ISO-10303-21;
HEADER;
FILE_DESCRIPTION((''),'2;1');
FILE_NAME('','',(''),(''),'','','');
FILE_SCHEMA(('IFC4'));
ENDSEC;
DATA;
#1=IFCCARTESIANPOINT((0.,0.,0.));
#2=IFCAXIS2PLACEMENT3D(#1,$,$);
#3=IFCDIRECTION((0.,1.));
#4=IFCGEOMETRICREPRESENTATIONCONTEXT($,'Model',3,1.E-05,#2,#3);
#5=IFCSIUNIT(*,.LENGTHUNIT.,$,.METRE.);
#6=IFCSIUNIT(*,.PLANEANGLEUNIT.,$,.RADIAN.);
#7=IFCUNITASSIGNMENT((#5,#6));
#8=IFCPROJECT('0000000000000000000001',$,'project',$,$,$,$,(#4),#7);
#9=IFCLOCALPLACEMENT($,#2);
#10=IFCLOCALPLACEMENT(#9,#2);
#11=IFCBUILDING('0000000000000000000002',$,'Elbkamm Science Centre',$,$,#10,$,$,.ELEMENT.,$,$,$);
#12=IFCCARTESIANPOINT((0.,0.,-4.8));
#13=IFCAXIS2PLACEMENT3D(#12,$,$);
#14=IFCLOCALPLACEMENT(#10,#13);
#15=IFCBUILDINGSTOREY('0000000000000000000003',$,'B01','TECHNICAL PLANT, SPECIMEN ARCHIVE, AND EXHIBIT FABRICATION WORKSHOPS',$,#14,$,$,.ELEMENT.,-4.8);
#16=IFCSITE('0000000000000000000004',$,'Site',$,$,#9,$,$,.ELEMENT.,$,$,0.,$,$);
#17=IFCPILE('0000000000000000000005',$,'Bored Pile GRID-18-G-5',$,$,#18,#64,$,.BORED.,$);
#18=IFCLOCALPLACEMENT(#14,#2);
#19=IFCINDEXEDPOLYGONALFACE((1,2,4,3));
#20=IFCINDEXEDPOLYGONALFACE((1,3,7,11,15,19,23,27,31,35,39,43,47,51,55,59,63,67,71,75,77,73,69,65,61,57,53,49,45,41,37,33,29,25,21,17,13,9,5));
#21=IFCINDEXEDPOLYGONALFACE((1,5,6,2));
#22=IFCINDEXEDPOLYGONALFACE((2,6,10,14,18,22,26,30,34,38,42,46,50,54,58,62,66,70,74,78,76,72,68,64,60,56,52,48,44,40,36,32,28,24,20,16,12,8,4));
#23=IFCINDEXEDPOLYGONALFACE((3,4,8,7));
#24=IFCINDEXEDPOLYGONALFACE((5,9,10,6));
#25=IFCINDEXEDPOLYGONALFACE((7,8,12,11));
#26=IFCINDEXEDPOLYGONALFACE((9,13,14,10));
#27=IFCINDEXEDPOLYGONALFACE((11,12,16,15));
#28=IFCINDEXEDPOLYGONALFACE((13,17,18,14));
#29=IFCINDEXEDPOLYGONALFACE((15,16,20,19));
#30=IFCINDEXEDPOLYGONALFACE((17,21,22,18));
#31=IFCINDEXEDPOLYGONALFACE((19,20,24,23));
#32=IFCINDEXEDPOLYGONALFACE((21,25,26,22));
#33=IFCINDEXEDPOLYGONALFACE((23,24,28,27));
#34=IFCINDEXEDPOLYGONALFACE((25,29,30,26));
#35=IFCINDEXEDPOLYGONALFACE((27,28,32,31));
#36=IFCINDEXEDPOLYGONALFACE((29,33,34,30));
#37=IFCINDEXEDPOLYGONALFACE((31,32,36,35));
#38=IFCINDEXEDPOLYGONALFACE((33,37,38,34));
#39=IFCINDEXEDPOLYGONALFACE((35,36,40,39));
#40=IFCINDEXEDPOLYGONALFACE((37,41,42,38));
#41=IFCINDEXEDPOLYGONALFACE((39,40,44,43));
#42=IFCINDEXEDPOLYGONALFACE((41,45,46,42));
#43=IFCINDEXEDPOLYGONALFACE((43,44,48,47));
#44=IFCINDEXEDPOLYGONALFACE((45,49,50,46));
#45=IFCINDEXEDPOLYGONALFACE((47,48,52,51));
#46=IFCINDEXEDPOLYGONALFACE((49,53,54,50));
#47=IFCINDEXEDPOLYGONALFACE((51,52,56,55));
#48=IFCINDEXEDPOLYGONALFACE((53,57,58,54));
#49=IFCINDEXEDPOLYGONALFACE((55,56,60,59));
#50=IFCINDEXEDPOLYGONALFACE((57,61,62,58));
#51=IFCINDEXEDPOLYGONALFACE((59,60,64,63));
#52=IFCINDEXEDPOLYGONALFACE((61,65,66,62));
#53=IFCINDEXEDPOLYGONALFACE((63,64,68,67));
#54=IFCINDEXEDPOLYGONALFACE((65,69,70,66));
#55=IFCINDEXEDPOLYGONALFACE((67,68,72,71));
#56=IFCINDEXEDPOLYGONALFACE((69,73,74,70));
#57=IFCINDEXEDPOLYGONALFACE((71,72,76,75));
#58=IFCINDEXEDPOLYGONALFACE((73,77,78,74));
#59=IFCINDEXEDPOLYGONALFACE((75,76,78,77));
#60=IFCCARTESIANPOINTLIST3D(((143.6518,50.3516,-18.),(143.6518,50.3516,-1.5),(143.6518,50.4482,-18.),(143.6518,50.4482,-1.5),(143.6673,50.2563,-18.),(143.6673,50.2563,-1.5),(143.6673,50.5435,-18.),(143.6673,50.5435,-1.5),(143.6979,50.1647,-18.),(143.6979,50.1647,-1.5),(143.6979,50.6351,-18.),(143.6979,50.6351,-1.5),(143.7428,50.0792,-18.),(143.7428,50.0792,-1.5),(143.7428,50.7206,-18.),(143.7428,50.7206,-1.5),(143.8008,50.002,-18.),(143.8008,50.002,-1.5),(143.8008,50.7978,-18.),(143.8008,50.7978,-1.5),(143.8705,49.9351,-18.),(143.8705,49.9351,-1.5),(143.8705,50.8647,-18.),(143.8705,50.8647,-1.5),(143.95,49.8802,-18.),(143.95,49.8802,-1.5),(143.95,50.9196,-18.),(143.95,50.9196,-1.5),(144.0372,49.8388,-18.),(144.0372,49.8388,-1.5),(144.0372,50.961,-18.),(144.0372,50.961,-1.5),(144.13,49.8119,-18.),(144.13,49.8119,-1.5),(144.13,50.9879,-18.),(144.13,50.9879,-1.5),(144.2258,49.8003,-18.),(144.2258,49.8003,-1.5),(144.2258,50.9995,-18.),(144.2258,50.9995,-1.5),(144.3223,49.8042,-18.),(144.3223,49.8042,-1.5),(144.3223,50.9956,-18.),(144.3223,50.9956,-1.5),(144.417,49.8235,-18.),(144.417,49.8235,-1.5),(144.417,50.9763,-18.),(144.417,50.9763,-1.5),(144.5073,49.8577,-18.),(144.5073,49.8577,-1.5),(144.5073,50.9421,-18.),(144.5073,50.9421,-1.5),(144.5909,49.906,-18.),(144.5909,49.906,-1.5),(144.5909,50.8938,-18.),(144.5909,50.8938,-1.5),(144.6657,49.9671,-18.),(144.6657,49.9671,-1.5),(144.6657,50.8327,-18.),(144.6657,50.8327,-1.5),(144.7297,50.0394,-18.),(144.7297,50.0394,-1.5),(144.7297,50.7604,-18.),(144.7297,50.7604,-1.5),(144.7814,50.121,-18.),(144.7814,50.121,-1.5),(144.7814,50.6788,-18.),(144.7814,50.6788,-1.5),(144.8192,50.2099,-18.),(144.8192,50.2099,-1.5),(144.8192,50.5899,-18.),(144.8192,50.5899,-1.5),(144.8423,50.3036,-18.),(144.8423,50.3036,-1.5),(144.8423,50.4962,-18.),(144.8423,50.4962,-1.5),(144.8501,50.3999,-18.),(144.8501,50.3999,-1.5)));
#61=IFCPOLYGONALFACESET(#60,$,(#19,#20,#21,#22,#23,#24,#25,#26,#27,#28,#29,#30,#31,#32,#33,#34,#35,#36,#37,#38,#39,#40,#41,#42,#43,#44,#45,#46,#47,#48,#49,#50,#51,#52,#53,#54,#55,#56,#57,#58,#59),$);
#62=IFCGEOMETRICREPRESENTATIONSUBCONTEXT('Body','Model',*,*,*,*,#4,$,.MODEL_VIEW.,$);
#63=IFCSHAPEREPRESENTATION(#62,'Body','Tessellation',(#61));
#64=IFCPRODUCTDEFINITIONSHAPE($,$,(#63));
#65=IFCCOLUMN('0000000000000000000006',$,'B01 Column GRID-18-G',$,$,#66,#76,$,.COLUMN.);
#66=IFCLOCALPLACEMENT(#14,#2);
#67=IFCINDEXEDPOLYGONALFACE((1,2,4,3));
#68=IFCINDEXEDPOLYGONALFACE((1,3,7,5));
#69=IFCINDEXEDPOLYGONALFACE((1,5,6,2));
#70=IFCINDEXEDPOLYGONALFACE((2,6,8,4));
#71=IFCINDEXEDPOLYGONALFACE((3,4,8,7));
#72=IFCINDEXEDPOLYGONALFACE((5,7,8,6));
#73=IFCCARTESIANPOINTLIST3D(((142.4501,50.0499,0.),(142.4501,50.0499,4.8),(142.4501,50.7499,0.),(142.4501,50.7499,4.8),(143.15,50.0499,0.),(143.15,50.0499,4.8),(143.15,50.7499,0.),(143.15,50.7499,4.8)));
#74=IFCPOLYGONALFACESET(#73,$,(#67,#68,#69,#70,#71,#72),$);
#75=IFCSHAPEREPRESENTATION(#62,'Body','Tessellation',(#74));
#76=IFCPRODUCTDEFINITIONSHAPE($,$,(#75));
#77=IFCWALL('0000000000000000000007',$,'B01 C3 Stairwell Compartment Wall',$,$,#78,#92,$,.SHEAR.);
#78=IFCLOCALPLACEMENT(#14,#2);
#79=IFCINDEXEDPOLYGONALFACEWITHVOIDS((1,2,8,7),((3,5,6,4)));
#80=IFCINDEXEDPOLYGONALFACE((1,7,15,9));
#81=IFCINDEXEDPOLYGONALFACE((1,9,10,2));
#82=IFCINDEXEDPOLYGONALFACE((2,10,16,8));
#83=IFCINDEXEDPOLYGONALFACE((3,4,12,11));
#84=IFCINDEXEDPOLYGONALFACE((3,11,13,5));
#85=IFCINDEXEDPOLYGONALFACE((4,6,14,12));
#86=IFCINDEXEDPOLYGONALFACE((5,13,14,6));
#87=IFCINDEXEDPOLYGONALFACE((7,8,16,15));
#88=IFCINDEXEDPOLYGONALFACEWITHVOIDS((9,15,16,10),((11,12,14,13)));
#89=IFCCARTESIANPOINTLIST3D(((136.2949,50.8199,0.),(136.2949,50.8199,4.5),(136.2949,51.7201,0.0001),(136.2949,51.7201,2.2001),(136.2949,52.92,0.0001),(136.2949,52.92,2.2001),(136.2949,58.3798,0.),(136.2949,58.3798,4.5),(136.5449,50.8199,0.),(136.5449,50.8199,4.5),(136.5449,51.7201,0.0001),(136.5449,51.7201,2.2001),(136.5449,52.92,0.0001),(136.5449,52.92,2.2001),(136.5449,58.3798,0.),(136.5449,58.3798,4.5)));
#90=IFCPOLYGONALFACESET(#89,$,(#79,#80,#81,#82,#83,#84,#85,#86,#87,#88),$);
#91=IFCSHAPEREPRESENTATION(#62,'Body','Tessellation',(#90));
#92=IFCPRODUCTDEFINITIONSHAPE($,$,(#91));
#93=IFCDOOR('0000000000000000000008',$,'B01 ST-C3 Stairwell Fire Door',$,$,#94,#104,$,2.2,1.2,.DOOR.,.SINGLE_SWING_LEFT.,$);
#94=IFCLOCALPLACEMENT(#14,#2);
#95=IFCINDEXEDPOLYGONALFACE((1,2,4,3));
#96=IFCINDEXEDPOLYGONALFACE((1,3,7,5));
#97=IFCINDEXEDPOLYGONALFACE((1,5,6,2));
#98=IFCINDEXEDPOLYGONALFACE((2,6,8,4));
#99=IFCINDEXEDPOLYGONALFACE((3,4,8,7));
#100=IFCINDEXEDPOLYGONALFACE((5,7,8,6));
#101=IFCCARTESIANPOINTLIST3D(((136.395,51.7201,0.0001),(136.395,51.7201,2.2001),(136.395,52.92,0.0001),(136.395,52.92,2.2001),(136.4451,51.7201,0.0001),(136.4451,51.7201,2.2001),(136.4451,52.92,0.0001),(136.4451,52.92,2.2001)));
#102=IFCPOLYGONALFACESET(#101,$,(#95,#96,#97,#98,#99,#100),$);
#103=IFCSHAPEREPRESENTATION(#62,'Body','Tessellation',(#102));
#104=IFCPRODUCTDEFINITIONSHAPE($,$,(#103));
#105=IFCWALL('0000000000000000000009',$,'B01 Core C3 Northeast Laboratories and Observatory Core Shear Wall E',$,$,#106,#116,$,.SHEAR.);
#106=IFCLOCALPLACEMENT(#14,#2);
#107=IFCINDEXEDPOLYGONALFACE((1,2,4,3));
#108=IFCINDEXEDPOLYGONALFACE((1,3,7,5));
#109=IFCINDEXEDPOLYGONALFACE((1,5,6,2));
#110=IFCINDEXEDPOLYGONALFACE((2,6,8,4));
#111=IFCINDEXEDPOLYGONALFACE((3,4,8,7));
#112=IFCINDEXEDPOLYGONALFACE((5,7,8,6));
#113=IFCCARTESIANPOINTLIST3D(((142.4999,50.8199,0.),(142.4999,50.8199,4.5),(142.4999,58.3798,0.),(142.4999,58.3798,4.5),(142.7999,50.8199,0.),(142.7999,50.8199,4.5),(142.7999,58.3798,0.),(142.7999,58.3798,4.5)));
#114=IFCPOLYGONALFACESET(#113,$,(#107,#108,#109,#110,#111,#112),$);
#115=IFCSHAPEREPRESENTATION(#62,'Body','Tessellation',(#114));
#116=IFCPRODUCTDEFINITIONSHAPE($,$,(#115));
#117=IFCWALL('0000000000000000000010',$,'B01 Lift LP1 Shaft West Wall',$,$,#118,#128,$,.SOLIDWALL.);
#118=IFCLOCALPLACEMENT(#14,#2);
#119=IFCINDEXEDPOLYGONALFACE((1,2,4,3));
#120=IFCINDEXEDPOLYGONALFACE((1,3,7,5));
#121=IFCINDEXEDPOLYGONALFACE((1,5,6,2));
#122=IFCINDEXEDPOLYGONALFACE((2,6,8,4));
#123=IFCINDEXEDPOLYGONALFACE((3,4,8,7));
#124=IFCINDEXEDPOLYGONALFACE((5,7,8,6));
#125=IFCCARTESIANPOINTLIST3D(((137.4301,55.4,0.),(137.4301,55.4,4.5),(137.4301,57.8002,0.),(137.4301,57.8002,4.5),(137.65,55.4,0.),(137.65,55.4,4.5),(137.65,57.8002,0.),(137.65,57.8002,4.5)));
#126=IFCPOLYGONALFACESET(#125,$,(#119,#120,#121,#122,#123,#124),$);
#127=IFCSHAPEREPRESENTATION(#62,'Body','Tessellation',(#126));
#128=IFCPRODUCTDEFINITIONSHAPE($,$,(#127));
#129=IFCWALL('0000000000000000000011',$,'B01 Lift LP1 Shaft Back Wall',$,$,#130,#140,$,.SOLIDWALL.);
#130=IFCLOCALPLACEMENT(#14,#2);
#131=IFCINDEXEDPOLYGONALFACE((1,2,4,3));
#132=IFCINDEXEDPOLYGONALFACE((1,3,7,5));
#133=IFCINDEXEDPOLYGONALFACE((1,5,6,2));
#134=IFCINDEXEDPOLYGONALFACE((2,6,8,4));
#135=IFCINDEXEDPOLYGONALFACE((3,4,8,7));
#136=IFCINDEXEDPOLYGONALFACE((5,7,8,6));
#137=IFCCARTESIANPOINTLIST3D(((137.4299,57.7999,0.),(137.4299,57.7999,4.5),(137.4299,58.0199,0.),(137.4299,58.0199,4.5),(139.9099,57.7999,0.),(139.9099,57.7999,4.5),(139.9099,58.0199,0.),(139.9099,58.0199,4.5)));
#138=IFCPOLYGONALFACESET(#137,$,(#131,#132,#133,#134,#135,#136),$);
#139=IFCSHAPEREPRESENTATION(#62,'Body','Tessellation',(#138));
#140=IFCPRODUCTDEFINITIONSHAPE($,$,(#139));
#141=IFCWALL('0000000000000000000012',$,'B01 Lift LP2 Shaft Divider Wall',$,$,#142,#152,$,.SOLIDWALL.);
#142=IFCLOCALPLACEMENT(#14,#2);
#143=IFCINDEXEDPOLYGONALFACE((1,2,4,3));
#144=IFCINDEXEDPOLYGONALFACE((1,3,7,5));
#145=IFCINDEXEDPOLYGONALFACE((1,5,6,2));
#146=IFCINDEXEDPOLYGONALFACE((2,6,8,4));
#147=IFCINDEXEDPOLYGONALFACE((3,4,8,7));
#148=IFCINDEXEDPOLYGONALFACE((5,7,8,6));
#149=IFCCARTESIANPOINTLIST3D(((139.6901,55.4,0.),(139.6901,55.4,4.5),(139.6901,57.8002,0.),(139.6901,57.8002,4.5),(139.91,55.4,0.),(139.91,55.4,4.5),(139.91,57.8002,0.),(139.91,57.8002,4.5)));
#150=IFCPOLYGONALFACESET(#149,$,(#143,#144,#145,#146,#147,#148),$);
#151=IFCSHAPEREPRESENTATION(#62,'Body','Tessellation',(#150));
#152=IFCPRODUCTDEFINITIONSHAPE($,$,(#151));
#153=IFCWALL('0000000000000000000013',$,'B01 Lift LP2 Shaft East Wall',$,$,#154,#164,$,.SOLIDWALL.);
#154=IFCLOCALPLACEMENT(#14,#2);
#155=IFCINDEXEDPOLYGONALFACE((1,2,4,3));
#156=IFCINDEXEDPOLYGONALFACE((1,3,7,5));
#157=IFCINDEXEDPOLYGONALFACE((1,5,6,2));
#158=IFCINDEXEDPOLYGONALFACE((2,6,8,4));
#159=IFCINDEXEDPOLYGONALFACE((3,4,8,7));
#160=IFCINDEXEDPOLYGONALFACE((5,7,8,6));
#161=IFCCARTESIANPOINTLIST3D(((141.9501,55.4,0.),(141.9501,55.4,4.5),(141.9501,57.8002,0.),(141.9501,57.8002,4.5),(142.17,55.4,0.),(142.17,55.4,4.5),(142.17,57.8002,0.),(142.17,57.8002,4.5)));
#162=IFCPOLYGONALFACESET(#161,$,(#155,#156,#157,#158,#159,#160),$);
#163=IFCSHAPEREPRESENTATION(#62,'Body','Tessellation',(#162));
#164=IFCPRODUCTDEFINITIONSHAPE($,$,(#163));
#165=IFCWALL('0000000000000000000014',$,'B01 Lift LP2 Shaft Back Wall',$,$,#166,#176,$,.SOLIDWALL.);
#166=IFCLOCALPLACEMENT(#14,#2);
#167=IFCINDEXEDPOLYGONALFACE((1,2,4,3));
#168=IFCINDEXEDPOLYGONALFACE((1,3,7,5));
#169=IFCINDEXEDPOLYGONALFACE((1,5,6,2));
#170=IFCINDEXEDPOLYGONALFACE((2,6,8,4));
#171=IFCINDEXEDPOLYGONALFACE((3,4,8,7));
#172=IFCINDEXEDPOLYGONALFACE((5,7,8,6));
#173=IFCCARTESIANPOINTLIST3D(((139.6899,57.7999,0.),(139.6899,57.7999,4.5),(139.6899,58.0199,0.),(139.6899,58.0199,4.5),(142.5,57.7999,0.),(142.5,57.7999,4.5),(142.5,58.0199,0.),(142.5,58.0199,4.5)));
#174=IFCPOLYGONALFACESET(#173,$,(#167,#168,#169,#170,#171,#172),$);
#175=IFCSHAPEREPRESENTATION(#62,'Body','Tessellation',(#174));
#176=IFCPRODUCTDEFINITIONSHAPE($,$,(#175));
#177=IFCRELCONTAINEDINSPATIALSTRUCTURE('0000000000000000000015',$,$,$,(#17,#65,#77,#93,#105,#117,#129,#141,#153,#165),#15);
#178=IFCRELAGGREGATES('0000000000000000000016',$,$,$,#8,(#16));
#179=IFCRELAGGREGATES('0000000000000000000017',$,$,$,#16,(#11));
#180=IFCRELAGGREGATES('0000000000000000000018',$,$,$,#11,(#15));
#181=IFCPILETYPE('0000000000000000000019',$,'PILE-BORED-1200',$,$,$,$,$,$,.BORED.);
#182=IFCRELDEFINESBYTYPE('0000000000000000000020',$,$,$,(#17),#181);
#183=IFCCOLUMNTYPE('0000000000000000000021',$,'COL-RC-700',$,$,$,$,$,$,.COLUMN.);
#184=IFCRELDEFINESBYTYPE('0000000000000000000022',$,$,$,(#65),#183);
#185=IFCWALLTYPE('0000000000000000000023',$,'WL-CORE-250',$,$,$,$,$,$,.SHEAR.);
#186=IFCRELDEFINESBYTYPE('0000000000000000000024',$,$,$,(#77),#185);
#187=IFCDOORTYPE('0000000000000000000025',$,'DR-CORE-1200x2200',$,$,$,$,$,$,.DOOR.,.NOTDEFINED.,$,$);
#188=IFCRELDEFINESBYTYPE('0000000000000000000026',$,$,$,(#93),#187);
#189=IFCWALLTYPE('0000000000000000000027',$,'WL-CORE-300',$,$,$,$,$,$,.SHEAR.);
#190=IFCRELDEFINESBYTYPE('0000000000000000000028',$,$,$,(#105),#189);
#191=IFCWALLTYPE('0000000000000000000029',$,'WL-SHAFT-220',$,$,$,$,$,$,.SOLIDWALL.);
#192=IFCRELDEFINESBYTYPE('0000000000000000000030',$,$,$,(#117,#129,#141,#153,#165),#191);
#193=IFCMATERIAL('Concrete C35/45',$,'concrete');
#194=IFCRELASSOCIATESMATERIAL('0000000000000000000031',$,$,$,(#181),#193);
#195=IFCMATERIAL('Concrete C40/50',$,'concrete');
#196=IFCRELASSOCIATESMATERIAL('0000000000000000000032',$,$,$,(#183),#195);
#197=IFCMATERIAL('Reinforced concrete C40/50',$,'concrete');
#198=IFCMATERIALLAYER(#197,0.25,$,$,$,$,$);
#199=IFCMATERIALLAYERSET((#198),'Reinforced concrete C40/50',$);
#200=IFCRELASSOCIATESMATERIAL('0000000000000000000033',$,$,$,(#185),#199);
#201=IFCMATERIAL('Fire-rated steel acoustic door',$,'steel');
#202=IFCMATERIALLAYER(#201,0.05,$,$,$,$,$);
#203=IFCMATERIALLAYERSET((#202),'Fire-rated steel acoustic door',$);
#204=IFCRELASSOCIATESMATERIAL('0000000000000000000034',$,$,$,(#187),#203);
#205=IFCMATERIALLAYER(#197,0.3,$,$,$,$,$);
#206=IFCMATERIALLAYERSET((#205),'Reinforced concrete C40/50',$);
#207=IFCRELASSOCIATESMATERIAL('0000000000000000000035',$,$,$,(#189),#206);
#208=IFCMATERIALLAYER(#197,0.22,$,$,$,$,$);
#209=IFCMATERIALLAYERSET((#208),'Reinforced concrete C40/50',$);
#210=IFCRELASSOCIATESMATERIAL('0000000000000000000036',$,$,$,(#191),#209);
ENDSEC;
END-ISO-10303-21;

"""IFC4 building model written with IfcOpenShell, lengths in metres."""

from ifc_helpers import new_model, si_unit, direction, frame, frame_2d, origin, origin_2d, place, context, subcontext, project, spatial, rectangle, circle, extrude, material, layer, layer_set, material_profile, profile_set, type_object, element, fill, save


model = new_model("IFC4")

# Units and contexts
model_context = context("Model", 3, precision=1e-05, world=origin(), true_north=direction((0.0, 1.0)))
body_context = subcontext(model_context, "Body", "Model", "MODEL_VIEW")
ifc_project = project(units=[si_unit("LENGTHUNIT", "METRE"), si_unit("PLANEANGLEUNIT", "RADIAN")], contexts=[model_context])

# Site, building, storey
site_placement = place(None, origin())
site = spatial("IfcSite", under=ifc_project, at=site_placement, Name="Site", CompositionType="ELEMENT", RefElevation=0.0)
building_placement = place(site_placement, origin())
building = spatial("IfcBuilding", under=site, at=building_placement, Name="Elbkamm Science Centre", CompositionType="ELEMENT")
storey_placement = place(building_placement, frame((0.0, 0.0, -4.8)))
storey = spatial("IfcBuildingStorey", under=building, at=storey_placement, Name="B01", Description="TECHNICAL PLANT, SPECIMEN ARCHIVE, AND EXHIBIT FABRICATION WORKSHOPS", CompositionType="ELEMENT", Elevation=-4.8)

# Shared definitions
ifc_material_1 = material(Name="Concrete C35/45", Category="concrete")

# Pile
ifc_material_profile_1 = material_profile(ifc_material_1, circle(Radius=0.6001, at=origin_2d()), Name="PILE D1200")
ifc_profile_set_1 = profile_set([ifc_material_profile_1], Name="Concrete C35/45")
pile_type = type_object("IfcPileType", Name="PILE-BORED-1200", PredefinedType="BORED", material=ifc_profile_set_1)
for number, where, z_axis, x_axis, name in (
    (1, (144.25, 50.3999, -1.5), (0.0, 0.0, -1.0), (1.0, 0.0, 0.0), "Bored Pile GRID-18-G-5"),
):
    element("IfcPile", number, at=place(storey_placement, frame(where, z_axis=z_axis, x_axis=x_axis)), inside=storey, type_object=pile_type, Name=name, PredefinedType="BORED", context=body_context, shape_type="SweptSolid", body=[
        extrude(circle(Radius=0.6001, at=origin_2d()), origin(), (0.0, 0.0, 1.0), 16.5),
    ])

# Column
ifc_material_2 = material(Name="Concrete C40/50", Category="concrete")
ifc_material_profile_2 = material_profile(ifc_material_2, rectangle(XDim=0.7, YDim=0.7, at=origin_2d()), Name="RC 700x700")
ifc_profile_set_2 = profile_set([ifc_material_profile_2], Name="Concrete C40/50")
column_type = type_object("IfcColumnType", Name="COL-RC-700", PredefinedType="COLUMN", material=ifc_profile_set_2)
column_placement = place(storey_placement, frame((142.8, 50.3999, 0.0), z_axis=(0.0, 0.0, 1.0), x_axis=(1.0, 0.0, 0.0)))
element("IfcColumn", 2, at=column_placement, inside=storey, type_object=column_type, Name="B01 Column GRID-18-G", PredefinedType="COLUMN", context=body_context, shape_type="SweptSolid", body=[
    extrude(rectangle(XDim=0.7, YDim=0.7, at=origin_2d()), origin(), (0.0, 0.0, 1.0), 4.8),
])

# Wall, opening, door
ifc_material_3 = material(Name="Reinforced concrete C40/50", Category="concrete")
ifc_layer_1 = layer(ifc_material_3, 0.25)
ifc_layer_set_1 = layer_set([ifc_layer_1], Name="Reinforced concrete C40/50")
wall_type_1 = type_object("IfcWallType", Name="WL-CORE-250", PredefinedType="SHEAR", material=ifc_layer_set_1)
wall_1_placement = place(storey_placement, frame((136.4199, 50.8201, 0.0), z_axis=(0.0, 0.0, 1.0), x_axis=(0.0, 1.0, 0.0)))
wall_1 = element("IfcWall", 3, at=wall_1_placement, inside=storey, type_object=wall_type_1, Name="B01 C3 Stairwell Compartment Wall", PredefinedType="SHEAR", context=body_context, shape_type="SweptSolid", body=[
    extrude(rectangle(XDim=7.5598, YDim=0.25, at=frame_2d((3.7798, 0.0))), origin(), (0.0, 0.0, 1.0), 4.5),
])
opening_1_placement = place(wall_1_placement, frame((0.8999, 0.0, 0.0)))
opening_1 = element("IfcOpeningElement", 4, at=opening_1_placement, cuts=wall_1, PredefinedType="OPENING", context=body_context, shape_type="SweptSolid", body=[
    extrude(rectangle(XDim=1.2, YDim=2.2, at=frame_2d((0.6001, 1.1001))), frame((0.0, 0.137, 0.0), z_axis=(0.0, -1.0, 0.0), x_axis=(1.0, 0.0, 0.0)), (0.0, 0.0, 1.0), 0.2739),
])
ifc_material_4 = material(Name="Fire-rated steel acoustic door", Category="steel")
ifc_layer_2 = layer(ifc_material_4, 0.05)
ifc_layer_set_2 = layer_set([ifc_layer_2], Name="Fire-rated steel acoustic door")
door_type_1 = type_object("IfcDoorType", Name="DR-CORE-1200x2200", OperationType="NOTDEFINED", PredefinedType="DOOR", material=ifc_layer_set_2)
door_1_placement = place(opening_1_placement, origin())
door_1 = element("IfcDoor", 5, at=door_1_placement, inside=storey, type_object=door_type_1, Name="B01 ST-C3 Stairwell Fire Door", OperationType="SINGLE_SWING_LEFT", OverallHeight=2.2, OverallWidth=1.2, PredefinedType="DOOR", context=body_context, shape_type="SweptSolid", body=[
    extrude(rectangle(XDim=1.2, YDim=2.2, at=frame_2d((0.6001, 1.1001))), frame((0.0, 0.0249, 0.0), z_axis=(0.0, -1.0, 0.0), x_axis=(1.0, 0.0, 0.0)), (0.0, 0.0, 1.0), 0.05),
])
fill(opening_1, door_1)

# Walls
ifc_layer_3 = layer(ifc_material_3, 0.3)
ifc_layer_set_3 = layer_set([ifc_layer_3], Name="Reinforced concrete C40/50")
wall_type_2 = type_object("IfcWallType", Name="WL-CORE-300", PredefinedType="SHEAR", material=ifc_layer_set_3)
wall_2_placement = place(storey_placement, frame((142.6499, 50.8201, 0.0), z_axis=(0.0, 0.0, 1.0), x_axis=(0.0, 1.0, 0.0)))
element("IfcWall", 6, at=wall_2_placement, inside=storey, type_object=wall_type_2, Name="B01 Core C3 Northeast Laboratories and Observatory Core Shear Wall E", PredefinedType="SHEAR", context=body_context, shape_type="SweptSolid", body=[
    extrude(rectangle(XDim=7.5598, YDim=0.3, at=frame_2d((3.7798, 0.0))), origin(), (0.0, 0.0, 1.0), 4.5),
])
ifc_layer_4 = layer(ifc_material_3, 0.22)
ifc_layer_set_4 = layer_set([ifc_layer_4], Name="Reinforced concrete C40/50")
wall_type_3 = type_object("IfcWallType", Name="WL-SHAFT-220", PredefinedType="SOLIDWALL", material=ifc_layer_set_4)
wall_3_placement = place(storey_placement, frame((137.54, 55.3999, 0.0), z_axis=(0.0, 0.0, 1.0), x_axis=(0.0, 1.0, 0.0)))
element("IfcWall", 7, at=wall_3_placement, inside=storey, type_object=wall_type_3, Name="B01 Lift LP1 Shaft West Wall", PredefinedType="SOLIDWALL", context=body_context, shape_type="SweptSolid", body=[
    extrude(rectangle(XDim=2.4001, YDim=0.22, at=frame_2d((1.2002, 0.0))), origin(), (0.0, 0.0, 1.0), 4.5),
])
wall_4_placement = place(storey_placement, frame((137.4299, 57.9099, 0.0), z_axis=(0.0, 0.0, 1.0), x_axis=(1.0, 0.0, 0.0)))
element("IfcWall", 8, at=wall_4_placement, inside=storey, type_object=wall_type_3, Name="B01 Lift LP1 Shaft Back Wall", PredefinedType="SOLIDWALL", context=body_context, shape_type="SweptSolid", body=[
    extrude(rectangle(XDim=2.48, YDim=0.22, at=frame_2d((1.24, 0.0))), origin(), (0.0, 0.0, 1.0), 4.5),
])

# Walls
for number, where, z_axis, x_axis, name in (
    (9, (139.8, 55.3999, 0.0), (0.0, 0.0, 1.0), (0.0, 1.0, 0.0), "B01 Lift LP2 Shaft Divider Wall"),
    (10, (142.0601, 55.3999, 0.0), (0.0, 0.0, 1.0), (0.0, 1.0, 0.0), "B01 Lift LP2 Shaft East Wall"),
):
    element("IfcWall", number, at=place(storey_placement, frame(where, z_axis=z_axis, x_axis=x_axis)), inside=storey, type_object=wall_type_3, Name=name, PredefinedType="SOLIDWALL", context=body_context, shape_type="SweptSolid", body=[
        extrude(rectangle(XDim=2.4001, YDim=0.22, at=frame_2d((1.2002, 0.0))), origin(), (0.0, 0.0, 1.0), 4.5),
    ])
wall_5_placement = place(storey_placement, frame((139.6899, 57.9099, 0.0), z_axis=(0.0, 0.0, 1.0), x_axis=(1.0, 0.0, 0.0)))
element("IfcWall", 11, at=wall_5_placement, inside=storey, type_object=wall_type_3, Name="B01 Lift LP2 Shaft Back Wall", PredefinedType="SOLIDWALL", context=body_context, shape_type="SweptSolid", body=[
    extrude(rectangle(XDim=2.8101, YDim=0.22, at=frame_2d((1.405, 0.0))), origin(), (0.0, 0.0, 1.0), 4.5),
])

save(model, "model.ifc")
